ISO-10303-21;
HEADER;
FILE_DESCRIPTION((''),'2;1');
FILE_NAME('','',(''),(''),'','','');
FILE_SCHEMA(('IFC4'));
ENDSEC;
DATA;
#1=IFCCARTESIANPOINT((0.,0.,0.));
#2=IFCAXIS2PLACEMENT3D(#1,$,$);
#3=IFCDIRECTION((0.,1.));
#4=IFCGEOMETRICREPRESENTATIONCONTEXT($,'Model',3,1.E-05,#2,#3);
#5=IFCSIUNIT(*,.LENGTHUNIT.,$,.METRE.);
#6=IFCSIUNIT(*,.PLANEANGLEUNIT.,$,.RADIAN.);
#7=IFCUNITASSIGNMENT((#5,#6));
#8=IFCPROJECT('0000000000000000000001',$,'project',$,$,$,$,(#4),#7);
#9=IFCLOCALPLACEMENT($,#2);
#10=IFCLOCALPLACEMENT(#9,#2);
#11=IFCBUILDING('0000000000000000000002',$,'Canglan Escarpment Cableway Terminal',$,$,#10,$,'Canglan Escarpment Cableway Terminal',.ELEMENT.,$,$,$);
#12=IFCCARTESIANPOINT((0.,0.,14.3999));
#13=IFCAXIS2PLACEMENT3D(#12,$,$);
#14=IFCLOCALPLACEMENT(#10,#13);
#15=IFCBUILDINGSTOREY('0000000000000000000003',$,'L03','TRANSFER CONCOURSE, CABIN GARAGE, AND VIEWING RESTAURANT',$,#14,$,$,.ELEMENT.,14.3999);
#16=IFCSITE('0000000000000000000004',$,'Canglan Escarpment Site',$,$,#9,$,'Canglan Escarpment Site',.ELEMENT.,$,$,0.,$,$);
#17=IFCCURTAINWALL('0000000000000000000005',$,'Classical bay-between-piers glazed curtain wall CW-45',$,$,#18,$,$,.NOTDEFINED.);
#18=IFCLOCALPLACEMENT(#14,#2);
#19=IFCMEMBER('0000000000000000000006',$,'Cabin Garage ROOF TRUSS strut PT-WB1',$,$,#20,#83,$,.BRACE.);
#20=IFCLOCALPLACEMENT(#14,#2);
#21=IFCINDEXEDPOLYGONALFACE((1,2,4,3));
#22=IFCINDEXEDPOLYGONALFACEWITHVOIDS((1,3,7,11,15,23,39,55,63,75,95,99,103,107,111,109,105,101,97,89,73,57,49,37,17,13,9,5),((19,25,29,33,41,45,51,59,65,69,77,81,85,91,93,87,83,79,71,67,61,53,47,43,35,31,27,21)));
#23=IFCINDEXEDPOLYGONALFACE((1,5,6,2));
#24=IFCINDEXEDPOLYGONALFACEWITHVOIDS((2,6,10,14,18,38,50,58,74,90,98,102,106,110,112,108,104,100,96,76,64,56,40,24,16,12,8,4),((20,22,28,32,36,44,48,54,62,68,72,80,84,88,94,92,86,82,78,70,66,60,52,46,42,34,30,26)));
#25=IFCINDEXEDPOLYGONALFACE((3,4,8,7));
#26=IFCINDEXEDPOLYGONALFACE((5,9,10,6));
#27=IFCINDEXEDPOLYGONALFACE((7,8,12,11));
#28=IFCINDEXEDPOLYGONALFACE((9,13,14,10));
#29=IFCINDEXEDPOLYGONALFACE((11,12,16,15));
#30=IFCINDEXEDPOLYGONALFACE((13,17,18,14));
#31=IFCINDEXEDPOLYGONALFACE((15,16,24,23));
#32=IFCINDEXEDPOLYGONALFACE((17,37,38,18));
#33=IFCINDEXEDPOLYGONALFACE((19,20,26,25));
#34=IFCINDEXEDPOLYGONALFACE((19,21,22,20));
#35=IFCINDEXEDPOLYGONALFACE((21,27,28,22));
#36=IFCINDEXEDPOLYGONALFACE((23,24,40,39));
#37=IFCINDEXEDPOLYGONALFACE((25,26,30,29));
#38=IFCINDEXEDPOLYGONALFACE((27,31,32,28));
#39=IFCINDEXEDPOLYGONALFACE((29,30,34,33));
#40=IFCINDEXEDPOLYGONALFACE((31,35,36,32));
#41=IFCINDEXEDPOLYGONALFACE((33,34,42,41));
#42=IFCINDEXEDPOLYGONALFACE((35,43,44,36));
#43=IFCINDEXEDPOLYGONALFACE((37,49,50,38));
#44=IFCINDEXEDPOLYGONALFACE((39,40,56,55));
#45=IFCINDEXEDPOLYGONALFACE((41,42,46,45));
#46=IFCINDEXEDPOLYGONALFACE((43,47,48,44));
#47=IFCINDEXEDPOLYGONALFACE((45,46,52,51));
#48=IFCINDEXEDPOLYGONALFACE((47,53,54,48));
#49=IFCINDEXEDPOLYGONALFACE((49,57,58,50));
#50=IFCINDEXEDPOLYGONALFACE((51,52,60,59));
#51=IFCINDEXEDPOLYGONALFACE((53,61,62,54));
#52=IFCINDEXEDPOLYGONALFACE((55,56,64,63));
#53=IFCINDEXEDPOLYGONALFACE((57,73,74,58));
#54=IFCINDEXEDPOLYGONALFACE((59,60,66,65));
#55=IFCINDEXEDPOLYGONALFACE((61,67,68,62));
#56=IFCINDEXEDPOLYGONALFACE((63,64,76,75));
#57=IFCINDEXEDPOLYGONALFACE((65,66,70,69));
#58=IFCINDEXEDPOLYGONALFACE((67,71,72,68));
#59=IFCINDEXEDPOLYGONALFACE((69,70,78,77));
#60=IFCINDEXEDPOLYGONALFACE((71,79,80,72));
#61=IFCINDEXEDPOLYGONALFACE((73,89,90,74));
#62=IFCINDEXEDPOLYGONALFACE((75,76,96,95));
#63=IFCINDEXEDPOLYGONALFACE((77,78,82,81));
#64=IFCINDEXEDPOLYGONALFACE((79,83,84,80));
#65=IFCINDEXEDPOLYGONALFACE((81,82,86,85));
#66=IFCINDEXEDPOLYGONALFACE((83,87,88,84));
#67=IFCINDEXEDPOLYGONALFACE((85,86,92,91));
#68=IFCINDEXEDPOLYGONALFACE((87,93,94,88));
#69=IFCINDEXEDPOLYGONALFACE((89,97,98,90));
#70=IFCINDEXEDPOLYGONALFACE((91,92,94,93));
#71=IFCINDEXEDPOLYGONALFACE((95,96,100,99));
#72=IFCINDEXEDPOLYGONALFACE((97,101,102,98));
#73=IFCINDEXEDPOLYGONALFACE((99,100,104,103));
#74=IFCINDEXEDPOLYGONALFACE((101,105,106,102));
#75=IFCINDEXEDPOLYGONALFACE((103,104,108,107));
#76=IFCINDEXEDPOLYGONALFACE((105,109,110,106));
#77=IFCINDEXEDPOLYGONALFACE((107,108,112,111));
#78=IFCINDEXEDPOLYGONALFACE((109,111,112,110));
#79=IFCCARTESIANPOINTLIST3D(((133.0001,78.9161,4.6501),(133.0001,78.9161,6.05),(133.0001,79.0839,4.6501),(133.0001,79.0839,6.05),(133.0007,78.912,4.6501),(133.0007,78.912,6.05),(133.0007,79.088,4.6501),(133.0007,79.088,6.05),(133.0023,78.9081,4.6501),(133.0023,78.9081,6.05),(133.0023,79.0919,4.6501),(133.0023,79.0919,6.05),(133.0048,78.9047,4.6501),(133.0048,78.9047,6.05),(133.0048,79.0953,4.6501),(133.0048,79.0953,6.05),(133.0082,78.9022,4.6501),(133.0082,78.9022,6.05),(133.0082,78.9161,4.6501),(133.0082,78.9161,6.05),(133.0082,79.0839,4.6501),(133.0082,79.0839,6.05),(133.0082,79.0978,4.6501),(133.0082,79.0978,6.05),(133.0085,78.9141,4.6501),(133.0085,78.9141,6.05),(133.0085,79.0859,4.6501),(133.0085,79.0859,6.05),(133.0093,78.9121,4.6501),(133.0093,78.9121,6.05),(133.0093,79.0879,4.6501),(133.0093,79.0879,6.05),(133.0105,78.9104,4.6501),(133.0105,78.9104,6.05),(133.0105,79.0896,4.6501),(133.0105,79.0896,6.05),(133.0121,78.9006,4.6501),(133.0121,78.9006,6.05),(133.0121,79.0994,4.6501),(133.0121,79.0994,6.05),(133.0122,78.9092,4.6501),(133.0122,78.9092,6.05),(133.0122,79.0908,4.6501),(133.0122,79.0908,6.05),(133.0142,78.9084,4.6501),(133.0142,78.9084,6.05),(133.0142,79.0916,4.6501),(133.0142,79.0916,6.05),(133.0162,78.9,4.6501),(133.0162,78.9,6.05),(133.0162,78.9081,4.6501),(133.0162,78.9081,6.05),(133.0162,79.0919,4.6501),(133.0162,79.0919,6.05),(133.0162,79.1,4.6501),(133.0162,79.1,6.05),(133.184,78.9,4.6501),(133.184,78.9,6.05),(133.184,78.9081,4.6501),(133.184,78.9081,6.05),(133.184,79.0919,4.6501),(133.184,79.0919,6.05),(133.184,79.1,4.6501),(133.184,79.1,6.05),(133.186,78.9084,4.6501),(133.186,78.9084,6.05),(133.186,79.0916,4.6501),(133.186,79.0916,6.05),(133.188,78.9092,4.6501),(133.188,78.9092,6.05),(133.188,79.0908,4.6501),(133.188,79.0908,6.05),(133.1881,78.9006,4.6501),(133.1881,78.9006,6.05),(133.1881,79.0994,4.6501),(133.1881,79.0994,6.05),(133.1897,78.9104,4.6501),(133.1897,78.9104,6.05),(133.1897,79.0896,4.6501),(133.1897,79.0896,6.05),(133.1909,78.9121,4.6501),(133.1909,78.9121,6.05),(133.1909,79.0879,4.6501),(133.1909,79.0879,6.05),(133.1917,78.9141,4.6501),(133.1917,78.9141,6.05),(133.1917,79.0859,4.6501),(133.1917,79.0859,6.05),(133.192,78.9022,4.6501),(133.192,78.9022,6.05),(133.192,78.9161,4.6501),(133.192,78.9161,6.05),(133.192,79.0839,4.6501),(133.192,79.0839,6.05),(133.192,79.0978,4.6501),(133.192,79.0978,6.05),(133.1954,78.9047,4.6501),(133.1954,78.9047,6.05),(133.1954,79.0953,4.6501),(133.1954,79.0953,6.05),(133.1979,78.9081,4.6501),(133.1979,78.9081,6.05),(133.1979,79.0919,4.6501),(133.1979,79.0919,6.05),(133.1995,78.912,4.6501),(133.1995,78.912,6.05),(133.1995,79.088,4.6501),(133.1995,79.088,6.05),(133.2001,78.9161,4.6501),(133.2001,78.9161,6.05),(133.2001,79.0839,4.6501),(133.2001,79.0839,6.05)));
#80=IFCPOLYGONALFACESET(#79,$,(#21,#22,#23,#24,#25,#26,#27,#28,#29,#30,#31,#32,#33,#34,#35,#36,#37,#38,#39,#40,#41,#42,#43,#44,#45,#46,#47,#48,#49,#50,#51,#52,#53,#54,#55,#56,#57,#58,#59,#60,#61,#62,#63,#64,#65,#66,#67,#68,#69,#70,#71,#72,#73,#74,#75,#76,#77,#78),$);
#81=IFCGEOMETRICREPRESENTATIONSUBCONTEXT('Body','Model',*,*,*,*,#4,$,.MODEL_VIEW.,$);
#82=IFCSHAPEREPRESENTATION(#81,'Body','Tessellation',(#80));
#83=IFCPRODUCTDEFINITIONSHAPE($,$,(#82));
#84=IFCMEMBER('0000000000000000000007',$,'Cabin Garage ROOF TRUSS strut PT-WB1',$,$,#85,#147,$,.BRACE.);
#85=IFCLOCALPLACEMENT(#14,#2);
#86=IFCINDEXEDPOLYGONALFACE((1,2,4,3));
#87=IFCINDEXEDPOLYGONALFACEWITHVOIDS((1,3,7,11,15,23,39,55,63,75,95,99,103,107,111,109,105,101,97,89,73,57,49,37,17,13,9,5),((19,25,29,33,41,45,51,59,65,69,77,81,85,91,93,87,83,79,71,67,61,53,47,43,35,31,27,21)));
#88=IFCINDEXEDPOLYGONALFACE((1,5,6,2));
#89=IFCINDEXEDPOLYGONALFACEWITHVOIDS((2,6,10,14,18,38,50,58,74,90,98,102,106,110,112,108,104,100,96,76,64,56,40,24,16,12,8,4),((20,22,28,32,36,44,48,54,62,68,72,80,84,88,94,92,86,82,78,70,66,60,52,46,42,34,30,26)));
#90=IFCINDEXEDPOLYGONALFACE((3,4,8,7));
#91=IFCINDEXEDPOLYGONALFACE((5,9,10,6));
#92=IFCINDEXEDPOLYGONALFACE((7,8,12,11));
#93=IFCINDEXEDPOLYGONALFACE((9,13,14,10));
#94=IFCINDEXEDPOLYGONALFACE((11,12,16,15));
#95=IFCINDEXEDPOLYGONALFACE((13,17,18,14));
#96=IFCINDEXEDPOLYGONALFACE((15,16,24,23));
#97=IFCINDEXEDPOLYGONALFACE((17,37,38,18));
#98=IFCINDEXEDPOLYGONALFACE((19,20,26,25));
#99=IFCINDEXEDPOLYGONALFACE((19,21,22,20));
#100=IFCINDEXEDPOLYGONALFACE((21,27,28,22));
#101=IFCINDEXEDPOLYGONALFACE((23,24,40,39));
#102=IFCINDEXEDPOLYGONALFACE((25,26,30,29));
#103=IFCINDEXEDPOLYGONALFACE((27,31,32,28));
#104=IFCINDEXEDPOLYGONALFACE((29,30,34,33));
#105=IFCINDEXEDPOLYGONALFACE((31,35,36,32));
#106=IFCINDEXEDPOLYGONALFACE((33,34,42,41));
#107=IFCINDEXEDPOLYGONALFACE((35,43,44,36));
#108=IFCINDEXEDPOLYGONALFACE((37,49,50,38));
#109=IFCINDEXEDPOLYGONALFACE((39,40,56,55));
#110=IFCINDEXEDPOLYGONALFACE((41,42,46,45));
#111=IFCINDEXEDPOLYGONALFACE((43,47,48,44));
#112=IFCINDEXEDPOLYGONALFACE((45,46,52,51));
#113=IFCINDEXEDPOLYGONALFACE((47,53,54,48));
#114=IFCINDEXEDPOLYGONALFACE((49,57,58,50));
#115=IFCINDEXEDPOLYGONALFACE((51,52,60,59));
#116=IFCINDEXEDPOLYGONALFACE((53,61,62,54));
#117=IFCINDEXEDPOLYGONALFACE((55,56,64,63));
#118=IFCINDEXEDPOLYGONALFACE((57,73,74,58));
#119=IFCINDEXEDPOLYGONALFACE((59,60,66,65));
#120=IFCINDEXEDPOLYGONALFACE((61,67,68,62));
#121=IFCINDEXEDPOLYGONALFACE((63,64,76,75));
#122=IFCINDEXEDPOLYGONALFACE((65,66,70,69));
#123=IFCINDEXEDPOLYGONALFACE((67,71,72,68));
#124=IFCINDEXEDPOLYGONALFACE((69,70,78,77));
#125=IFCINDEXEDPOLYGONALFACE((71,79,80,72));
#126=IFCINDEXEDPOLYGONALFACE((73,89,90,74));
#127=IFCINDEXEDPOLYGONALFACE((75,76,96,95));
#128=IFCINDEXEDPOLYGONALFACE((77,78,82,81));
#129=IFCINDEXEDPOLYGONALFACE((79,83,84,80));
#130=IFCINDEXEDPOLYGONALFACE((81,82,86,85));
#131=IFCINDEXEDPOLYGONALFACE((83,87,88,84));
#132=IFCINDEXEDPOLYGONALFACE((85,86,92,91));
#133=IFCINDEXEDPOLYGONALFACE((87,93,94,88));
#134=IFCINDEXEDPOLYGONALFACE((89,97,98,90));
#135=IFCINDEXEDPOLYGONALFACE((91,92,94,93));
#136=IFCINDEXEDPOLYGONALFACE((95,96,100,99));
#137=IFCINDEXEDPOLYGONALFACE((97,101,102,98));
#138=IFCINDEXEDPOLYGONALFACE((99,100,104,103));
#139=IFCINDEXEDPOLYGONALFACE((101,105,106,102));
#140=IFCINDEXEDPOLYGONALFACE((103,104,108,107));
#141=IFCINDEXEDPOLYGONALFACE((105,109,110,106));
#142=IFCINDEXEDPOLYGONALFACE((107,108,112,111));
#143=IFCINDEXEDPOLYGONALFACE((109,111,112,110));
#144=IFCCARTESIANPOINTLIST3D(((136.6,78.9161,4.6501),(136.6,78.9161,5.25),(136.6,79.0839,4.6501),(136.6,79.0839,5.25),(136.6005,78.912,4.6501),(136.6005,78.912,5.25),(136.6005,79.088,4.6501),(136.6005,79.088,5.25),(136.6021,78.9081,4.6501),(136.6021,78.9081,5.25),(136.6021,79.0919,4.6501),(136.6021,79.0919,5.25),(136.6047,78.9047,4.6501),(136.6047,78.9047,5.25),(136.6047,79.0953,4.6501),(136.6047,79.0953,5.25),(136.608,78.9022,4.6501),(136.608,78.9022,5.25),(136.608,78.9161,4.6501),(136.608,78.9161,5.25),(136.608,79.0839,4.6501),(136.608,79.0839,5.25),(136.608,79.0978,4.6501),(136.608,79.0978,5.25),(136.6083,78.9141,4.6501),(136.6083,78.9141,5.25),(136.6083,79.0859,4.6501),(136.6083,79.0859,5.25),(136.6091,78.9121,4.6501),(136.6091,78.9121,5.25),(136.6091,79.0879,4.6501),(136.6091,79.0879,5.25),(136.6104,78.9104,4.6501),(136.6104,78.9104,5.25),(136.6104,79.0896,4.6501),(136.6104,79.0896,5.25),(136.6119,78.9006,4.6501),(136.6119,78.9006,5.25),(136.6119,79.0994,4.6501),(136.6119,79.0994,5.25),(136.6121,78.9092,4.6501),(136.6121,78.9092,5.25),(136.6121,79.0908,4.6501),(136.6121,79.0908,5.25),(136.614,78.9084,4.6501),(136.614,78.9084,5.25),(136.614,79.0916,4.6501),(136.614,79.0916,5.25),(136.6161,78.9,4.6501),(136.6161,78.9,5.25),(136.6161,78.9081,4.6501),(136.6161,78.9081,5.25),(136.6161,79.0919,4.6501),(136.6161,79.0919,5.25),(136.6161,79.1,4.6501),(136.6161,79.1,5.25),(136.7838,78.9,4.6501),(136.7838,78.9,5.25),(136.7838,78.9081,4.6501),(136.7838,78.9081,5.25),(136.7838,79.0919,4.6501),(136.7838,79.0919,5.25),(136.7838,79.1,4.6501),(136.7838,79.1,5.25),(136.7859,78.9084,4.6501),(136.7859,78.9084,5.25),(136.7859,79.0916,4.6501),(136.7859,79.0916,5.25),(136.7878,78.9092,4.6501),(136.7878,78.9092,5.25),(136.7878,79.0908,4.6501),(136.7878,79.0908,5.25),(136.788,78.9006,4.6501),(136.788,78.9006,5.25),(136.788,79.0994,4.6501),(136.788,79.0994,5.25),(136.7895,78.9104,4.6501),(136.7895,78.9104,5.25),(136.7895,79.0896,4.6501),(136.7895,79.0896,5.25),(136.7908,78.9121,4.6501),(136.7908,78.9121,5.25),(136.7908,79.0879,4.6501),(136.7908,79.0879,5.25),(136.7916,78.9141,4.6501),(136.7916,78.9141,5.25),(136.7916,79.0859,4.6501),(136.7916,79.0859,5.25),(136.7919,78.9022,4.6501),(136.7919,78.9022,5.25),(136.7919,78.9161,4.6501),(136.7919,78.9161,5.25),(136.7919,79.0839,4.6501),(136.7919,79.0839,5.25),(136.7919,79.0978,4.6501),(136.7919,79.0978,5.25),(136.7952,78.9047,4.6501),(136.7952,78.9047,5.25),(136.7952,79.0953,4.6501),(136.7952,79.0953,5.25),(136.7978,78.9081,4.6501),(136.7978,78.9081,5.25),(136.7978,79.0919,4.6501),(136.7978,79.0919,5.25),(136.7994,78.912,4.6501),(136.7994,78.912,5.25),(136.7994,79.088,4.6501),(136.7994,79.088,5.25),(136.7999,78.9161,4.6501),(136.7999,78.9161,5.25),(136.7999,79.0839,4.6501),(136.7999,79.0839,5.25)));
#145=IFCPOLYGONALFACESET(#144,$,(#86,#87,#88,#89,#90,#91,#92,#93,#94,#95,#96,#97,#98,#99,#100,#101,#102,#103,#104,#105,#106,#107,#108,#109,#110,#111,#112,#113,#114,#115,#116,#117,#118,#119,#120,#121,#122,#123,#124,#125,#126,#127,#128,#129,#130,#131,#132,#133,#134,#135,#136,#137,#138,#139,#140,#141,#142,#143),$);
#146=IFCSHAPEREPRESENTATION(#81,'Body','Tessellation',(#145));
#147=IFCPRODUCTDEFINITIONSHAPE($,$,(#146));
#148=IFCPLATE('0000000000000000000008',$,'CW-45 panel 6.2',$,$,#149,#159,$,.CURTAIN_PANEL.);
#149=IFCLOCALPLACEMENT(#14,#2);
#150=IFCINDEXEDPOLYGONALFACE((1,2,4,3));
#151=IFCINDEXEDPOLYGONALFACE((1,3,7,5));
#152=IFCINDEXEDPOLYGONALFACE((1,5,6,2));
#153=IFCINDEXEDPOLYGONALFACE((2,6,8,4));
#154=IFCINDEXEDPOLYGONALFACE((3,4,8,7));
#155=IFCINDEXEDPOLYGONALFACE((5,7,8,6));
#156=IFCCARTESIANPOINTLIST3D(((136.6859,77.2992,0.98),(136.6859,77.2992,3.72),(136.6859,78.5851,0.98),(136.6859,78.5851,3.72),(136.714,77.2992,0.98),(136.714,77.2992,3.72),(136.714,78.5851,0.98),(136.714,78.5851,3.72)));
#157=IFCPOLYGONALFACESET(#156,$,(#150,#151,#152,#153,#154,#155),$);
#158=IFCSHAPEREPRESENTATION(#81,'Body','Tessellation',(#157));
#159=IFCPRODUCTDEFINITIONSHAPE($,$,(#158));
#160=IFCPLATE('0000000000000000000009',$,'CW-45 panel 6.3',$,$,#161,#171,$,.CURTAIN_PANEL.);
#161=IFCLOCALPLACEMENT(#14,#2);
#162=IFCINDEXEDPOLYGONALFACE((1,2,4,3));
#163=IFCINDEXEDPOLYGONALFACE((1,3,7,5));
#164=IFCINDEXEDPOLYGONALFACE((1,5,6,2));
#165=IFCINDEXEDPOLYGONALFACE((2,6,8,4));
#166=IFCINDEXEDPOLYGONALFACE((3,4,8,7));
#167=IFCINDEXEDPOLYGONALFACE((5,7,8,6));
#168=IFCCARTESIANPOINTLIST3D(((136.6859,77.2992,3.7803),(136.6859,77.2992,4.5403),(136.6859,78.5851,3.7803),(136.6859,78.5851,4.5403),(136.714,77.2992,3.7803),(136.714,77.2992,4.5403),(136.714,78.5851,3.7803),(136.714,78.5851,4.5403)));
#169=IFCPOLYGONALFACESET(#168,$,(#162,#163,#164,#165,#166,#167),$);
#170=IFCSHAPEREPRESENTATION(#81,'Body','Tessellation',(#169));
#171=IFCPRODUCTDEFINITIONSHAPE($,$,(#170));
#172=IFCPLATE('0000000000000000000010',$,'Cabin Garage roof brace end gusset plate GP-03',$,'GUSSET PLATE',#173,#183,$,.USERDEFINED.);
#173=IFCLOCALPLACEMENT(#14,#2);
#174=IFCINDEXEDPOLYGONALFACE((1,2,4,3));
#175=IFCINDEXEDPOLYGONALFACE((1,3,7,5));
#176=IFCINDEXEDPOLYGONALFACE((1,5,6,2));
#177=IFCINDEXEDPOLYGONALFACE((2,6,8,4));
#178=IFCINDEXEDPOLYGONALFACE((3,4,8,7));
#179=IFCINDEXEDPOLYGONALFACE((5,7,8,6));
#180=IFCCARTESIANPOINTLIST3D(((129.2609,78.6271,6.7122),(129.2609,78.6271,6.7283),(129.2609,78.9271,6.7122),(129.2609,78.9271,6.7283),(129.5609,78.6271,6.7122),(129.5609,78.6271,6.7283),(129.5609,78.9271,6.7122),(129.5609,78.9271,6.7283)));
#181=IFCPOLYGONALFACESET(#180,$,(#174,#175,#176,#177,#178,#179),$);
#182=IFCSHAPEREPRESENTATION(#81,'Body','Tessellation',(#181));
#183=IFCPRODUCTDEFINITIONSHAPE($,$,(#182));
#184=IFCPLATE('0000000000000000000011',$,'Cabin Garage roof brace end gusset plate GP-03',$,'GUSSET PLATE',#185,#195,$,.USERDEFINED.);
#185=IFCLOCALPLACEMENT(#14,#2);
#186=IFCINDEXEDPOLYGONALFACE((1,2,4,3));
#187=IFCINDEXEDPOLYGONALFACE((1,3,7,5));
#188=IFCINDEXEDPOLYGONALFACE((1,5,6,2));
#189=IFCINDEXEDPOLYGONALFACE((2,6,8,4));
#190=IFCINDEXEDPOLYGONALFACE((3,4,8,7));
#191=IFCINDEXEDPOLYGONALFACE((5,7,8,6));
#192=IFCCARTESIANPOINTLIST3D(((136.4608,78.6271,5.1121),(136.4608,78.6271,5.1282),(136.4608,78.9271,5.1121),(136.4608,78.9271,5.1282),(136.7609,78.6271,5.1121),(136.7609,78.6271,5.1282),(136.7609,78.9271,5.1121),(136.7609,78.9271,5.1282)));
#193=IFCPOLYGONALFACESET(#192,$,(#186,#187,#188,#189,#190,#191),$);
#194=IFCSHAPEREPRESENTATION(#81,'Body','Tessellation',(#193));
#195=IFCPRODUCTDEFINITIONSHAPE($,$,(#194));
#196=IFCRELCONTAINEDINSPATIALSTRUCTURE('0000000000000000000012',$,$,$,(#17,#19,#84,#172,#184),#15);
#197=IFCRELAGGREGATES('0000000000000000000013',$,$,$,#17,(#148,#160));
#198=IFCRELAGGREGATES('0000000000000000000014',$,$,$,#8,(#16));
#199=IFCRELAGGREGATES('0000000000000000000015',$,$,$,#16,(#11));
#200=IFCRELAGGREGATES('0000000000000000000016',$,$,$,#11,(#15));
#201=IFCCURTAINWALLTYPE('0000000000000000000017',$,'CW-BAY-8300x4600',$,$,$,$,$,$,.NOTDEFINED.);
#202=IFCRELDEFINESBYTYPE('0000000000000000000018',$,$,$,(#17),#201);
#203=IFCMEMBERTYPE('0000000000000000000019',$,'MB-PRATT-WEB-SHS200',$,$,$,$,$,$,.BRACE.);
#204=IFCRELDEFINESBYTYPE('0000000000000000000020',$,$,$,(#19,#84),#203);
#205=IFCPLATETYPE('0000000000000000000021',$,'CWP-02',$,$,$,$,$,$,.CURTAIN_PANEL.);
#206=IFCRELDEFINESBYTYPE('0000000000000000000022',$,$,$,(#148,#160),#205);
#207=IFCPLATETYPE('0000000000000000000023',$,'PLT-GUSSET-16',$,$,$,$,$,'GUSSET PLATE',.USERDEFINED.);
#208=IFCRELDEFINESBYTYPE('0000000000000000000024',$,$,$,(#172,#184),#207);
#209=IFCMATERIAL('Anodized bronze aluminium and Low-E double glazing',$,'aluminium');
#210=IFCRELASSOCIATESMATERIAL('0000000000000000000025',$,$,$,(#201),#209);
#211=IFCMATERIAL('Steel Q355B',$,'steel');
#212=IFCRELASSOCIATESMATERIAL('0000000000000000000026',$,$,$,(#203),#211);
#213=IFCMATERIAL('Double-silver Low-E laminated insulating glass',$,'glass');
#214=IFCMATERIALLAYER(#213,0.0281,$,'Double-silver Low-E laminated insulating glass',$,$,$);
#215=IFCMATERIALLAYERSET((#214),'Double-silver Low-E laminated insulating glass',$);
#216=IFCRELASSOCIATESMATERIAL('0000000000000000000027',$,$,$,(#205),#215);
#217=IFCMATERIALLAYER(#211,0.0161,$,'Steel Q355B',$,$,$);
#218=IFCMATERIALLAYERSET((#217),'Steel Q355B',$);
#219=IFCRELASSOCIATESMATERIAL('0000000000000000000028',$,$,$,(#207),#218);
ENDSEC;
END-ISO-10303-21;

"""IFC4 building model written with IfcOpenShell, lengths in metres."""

from ifc_helpers import new_model, si_unit, direction, frame, origin, origin_2d, place, context, subcontext, project, spatial, rectangle, hollow_rectangle, extrude, material, layer, layer_set, material_profile, profile_set, type_object, element, aggregate, save


model = new_model("IFC4")

# Units and contexts
model_context = context("Model", 3, precision=1e-05, world=origin(), true_north=direction((0.0, 1.0)))
body_context = subcontext(model_context, "Body", "Model", "MODEL_VIEW")
ifc_project = project(units=[si_unit("LENGTHUNIT", "METRE"), si_unit("PLANEANGLEUNIT", "RADIAN")], contexts=[model_context])

# Site, building, storey
site_placement = place(None, origin())
site = spatial("IfcSite", under=ifc_project, at=site_placement, Name="Canglan Escarpment Site", LongName="Canglan Escarpment Site", CompositionType="ELEMENT", RefElevation=0.0)
building_placement = place(site_placement, origin())
building = spatial("IfcBuilding", under=site, at=building_placement, Name="Canglan Escarpment Cableway Terminal", LongName="Canglan Escarpment Cableway Terminal", CompositionType="ELEMENT")
storey_placement = place(building_placement, frame((0.0, 0.0, 14.3999)))
storey = spatial("IfcBuildingStorey", under=building, at=storey_placement, Name="L03", Description="TRANSFER CONCOURSE, CABIN GARAGE, AND VIEWING RESTAURANT", CompositionType="ELEMENT", Elevation=14.3999)

# Shared definitions
ifc_material_1 = material(Name="Steel Q355B", Category="steel")

# Curtain wall
ifc_material_2 = material(Name="Anodized bronze aluminium and Low-E double glazing", Category="aluminium")
curtain_wall_type = type_object("IfcCurtainWallType", Name="CW-BAY-8300x4600", PredefinedType="NOTDEFINED", material=ifc_material_2)
curtain_wall_placement = place(storey_placement, origin())
curtain_wall = element("IfcCurtainWall", 1, at=curtain_wall_placement, inside=storey, type_object=curtain_wall_type, Name="Classical bay-between-piers glazed curtain wall CW-45", PredefinedType="NOTDEFINED")

# Members
ifc_material_profile_1 = material_profile(ifc_material_1, hollow_rectangle(XDim=0.2, YDim=0.2, WallThickness=0.0081, InnerFilletRadius=0.0081, OuterFilletRadius=0.0161, at=origin_2d()), Name="SHS 200x200x8")
ifc_profile_set_1 = profile_set([ifc_material_profile_1], Name="Steel Q355B")
member_type_1 = type_object("IfcMemberType", Name="MB-PRATT-WEB-SHS200", PredefinedType="BRACE", material=ifc_profile_set_1)
member_1_placement = place(storey_placement, frame((133.1001, 79.0, 4.6501), z_axis=(0.0, 0.0, 1.0), x_axis=(1.0, 0.0, 0.0)))
element("IfcMember", 2, at=member_1_placement, inside=storey, type_object=member_type_1, Name="Cabin Garage ROOF TRUSS strut PT-WB1", PredefinedType="BRACE", context=body_context, shape_type="SweptSolid", body=[
    extrude(hollow_rectangle(XDim=0.2, YDim=0.2, WallThickness=0.0081, InnerFilletRadius=0.0081, OuterFilletRadius=0.0161, at=origin_2d()), origin(), (0.0, 0.0, 1.0), 1.3999),
])
member_2_placement = place(storey_placement, frame((136.7, 79.0, 4.6501), z_axis=(0.0, 0.0, 1.0), x_axis=(1.0, 0.0, 0.0)))
element("IfcMember", 3, at=member_2_placement, inside=storey, type_object=member_type_1, Name="Cabin Garage ROOF TRUSS strut PT-WB1", PredefinedType="BRACE", context=body_context, shape_type="SweptSolid", body=[
    extrude(hollow_rectangle(XDim=0.2, YDim=0.2, WallThickness=0.0081, InnerFilletRadius=0.0081, OuterFilletRadius=0.0161, at=origin_2d()), origin(), (0.0, 0.0, 1.0), 0.5999),
])

# Plates
ifc_material_3 = material(Name="Double-silver Low-E laminated insulating glass", Category="glass")
ifc_layer_1 = layer(ifc_material_3, 0.0281, Name="Double-silver Low-E laminated insulating glass")
ifc_layer_set_1 = layer_set([ifc_layer_1], Name="Double-silver Low-E laminated insulating glass")
plate_type_1 = type_object("IfcPlateType", Name="CWP-02", PredefinedType="CURTAIN_PANEL", material=ifc_layer_set_1)
plate_1_placement = place(storey_placement, frame((136.7, 77.9421, 0.98), z_axis=(0.0, 0.0, 1.0), x_axis=(0.0, 1.0, 0.0)))
plate_1 = element("IfcPlate", 4, at=plate_1_placement, type_object=plate_type_1, Name="CW-45 panel 6.2", PredefinedType="CURTAIN_PANEL", context=body_context, shape_type="SweptSolid", body=[
    extrude(rectangle(XDim=1.2859, YDim=0.0281, at=origin_2d()), origin(), (0.0, 0.0, 1.0), 2.74),
])
plate_2_placement = place(storey_placement, frame((136.7, 77.9421, 3.7803), z_axis=(0.0, 0.0, 1.0), x_axis=(0.0, 1.0, 0.0)))
plate_2 = element("IfcPlate", 5, at=plate_2_placement, type_object=plate_type_1, Name="CW-45 panel 6.3", PredefinedType="CURTAIN_PANEL", context=body_context, shape_type="SweptSolid", body=[
    extrude(rectangle(XDim=1.2859, YDim=0.0281, at=origin_2d()), origin(), (0.0, 0.0, 1.0), 0.76),
])
aggregate(curtain_wall, [plate_1, plate_2])

# Plates
ifc_layer_2 = layer(ifc_material_1, 0.0161, Name="Steel Q355B")
ifc_layer_set_2 = layer_set([ifc_layer_2], Name="Steel Q355B")
plate_type_2 = type_object("IfcPlateType", Name="PLT-GUSSET-16", ElementType="GUSSET PLATE", PredefinedType="USERDEFINED", material=ifc_layer_set_2)
for number, where, z_axis, x_axis, name in (
    (6, (129.4109, 78.7771, 6.7122), (0.0, 0.0, 1.0), (1.0, 0.0, 0.0), "Cabin Garage roof brace end gusset plate GP-03"),
    (7, (136.6108, 78.7771, 5.1121), (0.0, 0.0, 1.0), (1.0, 0.0, 0.0), "Cabin Garage roof brace end gusset plate GP-03"),
):
    element("IfcPlate", number, at=place(storey_placement, frame(where, z_axis=z_axis, x_axis=x_axis)), inside=storey, type_object=plate_type_2, Name=name, ObjectType="GUSSET PLATE", PredefinedType="USERDEFINED", context=body_context, shape_type="SweptSolid", body=[
        extrude(rectangle(XDim=0.3, YDim=0.3, at=origin_2d()), origin(), (0.0, 0.0, 1.0), 0.0161),
    ])

save(model, "model.ifc")
